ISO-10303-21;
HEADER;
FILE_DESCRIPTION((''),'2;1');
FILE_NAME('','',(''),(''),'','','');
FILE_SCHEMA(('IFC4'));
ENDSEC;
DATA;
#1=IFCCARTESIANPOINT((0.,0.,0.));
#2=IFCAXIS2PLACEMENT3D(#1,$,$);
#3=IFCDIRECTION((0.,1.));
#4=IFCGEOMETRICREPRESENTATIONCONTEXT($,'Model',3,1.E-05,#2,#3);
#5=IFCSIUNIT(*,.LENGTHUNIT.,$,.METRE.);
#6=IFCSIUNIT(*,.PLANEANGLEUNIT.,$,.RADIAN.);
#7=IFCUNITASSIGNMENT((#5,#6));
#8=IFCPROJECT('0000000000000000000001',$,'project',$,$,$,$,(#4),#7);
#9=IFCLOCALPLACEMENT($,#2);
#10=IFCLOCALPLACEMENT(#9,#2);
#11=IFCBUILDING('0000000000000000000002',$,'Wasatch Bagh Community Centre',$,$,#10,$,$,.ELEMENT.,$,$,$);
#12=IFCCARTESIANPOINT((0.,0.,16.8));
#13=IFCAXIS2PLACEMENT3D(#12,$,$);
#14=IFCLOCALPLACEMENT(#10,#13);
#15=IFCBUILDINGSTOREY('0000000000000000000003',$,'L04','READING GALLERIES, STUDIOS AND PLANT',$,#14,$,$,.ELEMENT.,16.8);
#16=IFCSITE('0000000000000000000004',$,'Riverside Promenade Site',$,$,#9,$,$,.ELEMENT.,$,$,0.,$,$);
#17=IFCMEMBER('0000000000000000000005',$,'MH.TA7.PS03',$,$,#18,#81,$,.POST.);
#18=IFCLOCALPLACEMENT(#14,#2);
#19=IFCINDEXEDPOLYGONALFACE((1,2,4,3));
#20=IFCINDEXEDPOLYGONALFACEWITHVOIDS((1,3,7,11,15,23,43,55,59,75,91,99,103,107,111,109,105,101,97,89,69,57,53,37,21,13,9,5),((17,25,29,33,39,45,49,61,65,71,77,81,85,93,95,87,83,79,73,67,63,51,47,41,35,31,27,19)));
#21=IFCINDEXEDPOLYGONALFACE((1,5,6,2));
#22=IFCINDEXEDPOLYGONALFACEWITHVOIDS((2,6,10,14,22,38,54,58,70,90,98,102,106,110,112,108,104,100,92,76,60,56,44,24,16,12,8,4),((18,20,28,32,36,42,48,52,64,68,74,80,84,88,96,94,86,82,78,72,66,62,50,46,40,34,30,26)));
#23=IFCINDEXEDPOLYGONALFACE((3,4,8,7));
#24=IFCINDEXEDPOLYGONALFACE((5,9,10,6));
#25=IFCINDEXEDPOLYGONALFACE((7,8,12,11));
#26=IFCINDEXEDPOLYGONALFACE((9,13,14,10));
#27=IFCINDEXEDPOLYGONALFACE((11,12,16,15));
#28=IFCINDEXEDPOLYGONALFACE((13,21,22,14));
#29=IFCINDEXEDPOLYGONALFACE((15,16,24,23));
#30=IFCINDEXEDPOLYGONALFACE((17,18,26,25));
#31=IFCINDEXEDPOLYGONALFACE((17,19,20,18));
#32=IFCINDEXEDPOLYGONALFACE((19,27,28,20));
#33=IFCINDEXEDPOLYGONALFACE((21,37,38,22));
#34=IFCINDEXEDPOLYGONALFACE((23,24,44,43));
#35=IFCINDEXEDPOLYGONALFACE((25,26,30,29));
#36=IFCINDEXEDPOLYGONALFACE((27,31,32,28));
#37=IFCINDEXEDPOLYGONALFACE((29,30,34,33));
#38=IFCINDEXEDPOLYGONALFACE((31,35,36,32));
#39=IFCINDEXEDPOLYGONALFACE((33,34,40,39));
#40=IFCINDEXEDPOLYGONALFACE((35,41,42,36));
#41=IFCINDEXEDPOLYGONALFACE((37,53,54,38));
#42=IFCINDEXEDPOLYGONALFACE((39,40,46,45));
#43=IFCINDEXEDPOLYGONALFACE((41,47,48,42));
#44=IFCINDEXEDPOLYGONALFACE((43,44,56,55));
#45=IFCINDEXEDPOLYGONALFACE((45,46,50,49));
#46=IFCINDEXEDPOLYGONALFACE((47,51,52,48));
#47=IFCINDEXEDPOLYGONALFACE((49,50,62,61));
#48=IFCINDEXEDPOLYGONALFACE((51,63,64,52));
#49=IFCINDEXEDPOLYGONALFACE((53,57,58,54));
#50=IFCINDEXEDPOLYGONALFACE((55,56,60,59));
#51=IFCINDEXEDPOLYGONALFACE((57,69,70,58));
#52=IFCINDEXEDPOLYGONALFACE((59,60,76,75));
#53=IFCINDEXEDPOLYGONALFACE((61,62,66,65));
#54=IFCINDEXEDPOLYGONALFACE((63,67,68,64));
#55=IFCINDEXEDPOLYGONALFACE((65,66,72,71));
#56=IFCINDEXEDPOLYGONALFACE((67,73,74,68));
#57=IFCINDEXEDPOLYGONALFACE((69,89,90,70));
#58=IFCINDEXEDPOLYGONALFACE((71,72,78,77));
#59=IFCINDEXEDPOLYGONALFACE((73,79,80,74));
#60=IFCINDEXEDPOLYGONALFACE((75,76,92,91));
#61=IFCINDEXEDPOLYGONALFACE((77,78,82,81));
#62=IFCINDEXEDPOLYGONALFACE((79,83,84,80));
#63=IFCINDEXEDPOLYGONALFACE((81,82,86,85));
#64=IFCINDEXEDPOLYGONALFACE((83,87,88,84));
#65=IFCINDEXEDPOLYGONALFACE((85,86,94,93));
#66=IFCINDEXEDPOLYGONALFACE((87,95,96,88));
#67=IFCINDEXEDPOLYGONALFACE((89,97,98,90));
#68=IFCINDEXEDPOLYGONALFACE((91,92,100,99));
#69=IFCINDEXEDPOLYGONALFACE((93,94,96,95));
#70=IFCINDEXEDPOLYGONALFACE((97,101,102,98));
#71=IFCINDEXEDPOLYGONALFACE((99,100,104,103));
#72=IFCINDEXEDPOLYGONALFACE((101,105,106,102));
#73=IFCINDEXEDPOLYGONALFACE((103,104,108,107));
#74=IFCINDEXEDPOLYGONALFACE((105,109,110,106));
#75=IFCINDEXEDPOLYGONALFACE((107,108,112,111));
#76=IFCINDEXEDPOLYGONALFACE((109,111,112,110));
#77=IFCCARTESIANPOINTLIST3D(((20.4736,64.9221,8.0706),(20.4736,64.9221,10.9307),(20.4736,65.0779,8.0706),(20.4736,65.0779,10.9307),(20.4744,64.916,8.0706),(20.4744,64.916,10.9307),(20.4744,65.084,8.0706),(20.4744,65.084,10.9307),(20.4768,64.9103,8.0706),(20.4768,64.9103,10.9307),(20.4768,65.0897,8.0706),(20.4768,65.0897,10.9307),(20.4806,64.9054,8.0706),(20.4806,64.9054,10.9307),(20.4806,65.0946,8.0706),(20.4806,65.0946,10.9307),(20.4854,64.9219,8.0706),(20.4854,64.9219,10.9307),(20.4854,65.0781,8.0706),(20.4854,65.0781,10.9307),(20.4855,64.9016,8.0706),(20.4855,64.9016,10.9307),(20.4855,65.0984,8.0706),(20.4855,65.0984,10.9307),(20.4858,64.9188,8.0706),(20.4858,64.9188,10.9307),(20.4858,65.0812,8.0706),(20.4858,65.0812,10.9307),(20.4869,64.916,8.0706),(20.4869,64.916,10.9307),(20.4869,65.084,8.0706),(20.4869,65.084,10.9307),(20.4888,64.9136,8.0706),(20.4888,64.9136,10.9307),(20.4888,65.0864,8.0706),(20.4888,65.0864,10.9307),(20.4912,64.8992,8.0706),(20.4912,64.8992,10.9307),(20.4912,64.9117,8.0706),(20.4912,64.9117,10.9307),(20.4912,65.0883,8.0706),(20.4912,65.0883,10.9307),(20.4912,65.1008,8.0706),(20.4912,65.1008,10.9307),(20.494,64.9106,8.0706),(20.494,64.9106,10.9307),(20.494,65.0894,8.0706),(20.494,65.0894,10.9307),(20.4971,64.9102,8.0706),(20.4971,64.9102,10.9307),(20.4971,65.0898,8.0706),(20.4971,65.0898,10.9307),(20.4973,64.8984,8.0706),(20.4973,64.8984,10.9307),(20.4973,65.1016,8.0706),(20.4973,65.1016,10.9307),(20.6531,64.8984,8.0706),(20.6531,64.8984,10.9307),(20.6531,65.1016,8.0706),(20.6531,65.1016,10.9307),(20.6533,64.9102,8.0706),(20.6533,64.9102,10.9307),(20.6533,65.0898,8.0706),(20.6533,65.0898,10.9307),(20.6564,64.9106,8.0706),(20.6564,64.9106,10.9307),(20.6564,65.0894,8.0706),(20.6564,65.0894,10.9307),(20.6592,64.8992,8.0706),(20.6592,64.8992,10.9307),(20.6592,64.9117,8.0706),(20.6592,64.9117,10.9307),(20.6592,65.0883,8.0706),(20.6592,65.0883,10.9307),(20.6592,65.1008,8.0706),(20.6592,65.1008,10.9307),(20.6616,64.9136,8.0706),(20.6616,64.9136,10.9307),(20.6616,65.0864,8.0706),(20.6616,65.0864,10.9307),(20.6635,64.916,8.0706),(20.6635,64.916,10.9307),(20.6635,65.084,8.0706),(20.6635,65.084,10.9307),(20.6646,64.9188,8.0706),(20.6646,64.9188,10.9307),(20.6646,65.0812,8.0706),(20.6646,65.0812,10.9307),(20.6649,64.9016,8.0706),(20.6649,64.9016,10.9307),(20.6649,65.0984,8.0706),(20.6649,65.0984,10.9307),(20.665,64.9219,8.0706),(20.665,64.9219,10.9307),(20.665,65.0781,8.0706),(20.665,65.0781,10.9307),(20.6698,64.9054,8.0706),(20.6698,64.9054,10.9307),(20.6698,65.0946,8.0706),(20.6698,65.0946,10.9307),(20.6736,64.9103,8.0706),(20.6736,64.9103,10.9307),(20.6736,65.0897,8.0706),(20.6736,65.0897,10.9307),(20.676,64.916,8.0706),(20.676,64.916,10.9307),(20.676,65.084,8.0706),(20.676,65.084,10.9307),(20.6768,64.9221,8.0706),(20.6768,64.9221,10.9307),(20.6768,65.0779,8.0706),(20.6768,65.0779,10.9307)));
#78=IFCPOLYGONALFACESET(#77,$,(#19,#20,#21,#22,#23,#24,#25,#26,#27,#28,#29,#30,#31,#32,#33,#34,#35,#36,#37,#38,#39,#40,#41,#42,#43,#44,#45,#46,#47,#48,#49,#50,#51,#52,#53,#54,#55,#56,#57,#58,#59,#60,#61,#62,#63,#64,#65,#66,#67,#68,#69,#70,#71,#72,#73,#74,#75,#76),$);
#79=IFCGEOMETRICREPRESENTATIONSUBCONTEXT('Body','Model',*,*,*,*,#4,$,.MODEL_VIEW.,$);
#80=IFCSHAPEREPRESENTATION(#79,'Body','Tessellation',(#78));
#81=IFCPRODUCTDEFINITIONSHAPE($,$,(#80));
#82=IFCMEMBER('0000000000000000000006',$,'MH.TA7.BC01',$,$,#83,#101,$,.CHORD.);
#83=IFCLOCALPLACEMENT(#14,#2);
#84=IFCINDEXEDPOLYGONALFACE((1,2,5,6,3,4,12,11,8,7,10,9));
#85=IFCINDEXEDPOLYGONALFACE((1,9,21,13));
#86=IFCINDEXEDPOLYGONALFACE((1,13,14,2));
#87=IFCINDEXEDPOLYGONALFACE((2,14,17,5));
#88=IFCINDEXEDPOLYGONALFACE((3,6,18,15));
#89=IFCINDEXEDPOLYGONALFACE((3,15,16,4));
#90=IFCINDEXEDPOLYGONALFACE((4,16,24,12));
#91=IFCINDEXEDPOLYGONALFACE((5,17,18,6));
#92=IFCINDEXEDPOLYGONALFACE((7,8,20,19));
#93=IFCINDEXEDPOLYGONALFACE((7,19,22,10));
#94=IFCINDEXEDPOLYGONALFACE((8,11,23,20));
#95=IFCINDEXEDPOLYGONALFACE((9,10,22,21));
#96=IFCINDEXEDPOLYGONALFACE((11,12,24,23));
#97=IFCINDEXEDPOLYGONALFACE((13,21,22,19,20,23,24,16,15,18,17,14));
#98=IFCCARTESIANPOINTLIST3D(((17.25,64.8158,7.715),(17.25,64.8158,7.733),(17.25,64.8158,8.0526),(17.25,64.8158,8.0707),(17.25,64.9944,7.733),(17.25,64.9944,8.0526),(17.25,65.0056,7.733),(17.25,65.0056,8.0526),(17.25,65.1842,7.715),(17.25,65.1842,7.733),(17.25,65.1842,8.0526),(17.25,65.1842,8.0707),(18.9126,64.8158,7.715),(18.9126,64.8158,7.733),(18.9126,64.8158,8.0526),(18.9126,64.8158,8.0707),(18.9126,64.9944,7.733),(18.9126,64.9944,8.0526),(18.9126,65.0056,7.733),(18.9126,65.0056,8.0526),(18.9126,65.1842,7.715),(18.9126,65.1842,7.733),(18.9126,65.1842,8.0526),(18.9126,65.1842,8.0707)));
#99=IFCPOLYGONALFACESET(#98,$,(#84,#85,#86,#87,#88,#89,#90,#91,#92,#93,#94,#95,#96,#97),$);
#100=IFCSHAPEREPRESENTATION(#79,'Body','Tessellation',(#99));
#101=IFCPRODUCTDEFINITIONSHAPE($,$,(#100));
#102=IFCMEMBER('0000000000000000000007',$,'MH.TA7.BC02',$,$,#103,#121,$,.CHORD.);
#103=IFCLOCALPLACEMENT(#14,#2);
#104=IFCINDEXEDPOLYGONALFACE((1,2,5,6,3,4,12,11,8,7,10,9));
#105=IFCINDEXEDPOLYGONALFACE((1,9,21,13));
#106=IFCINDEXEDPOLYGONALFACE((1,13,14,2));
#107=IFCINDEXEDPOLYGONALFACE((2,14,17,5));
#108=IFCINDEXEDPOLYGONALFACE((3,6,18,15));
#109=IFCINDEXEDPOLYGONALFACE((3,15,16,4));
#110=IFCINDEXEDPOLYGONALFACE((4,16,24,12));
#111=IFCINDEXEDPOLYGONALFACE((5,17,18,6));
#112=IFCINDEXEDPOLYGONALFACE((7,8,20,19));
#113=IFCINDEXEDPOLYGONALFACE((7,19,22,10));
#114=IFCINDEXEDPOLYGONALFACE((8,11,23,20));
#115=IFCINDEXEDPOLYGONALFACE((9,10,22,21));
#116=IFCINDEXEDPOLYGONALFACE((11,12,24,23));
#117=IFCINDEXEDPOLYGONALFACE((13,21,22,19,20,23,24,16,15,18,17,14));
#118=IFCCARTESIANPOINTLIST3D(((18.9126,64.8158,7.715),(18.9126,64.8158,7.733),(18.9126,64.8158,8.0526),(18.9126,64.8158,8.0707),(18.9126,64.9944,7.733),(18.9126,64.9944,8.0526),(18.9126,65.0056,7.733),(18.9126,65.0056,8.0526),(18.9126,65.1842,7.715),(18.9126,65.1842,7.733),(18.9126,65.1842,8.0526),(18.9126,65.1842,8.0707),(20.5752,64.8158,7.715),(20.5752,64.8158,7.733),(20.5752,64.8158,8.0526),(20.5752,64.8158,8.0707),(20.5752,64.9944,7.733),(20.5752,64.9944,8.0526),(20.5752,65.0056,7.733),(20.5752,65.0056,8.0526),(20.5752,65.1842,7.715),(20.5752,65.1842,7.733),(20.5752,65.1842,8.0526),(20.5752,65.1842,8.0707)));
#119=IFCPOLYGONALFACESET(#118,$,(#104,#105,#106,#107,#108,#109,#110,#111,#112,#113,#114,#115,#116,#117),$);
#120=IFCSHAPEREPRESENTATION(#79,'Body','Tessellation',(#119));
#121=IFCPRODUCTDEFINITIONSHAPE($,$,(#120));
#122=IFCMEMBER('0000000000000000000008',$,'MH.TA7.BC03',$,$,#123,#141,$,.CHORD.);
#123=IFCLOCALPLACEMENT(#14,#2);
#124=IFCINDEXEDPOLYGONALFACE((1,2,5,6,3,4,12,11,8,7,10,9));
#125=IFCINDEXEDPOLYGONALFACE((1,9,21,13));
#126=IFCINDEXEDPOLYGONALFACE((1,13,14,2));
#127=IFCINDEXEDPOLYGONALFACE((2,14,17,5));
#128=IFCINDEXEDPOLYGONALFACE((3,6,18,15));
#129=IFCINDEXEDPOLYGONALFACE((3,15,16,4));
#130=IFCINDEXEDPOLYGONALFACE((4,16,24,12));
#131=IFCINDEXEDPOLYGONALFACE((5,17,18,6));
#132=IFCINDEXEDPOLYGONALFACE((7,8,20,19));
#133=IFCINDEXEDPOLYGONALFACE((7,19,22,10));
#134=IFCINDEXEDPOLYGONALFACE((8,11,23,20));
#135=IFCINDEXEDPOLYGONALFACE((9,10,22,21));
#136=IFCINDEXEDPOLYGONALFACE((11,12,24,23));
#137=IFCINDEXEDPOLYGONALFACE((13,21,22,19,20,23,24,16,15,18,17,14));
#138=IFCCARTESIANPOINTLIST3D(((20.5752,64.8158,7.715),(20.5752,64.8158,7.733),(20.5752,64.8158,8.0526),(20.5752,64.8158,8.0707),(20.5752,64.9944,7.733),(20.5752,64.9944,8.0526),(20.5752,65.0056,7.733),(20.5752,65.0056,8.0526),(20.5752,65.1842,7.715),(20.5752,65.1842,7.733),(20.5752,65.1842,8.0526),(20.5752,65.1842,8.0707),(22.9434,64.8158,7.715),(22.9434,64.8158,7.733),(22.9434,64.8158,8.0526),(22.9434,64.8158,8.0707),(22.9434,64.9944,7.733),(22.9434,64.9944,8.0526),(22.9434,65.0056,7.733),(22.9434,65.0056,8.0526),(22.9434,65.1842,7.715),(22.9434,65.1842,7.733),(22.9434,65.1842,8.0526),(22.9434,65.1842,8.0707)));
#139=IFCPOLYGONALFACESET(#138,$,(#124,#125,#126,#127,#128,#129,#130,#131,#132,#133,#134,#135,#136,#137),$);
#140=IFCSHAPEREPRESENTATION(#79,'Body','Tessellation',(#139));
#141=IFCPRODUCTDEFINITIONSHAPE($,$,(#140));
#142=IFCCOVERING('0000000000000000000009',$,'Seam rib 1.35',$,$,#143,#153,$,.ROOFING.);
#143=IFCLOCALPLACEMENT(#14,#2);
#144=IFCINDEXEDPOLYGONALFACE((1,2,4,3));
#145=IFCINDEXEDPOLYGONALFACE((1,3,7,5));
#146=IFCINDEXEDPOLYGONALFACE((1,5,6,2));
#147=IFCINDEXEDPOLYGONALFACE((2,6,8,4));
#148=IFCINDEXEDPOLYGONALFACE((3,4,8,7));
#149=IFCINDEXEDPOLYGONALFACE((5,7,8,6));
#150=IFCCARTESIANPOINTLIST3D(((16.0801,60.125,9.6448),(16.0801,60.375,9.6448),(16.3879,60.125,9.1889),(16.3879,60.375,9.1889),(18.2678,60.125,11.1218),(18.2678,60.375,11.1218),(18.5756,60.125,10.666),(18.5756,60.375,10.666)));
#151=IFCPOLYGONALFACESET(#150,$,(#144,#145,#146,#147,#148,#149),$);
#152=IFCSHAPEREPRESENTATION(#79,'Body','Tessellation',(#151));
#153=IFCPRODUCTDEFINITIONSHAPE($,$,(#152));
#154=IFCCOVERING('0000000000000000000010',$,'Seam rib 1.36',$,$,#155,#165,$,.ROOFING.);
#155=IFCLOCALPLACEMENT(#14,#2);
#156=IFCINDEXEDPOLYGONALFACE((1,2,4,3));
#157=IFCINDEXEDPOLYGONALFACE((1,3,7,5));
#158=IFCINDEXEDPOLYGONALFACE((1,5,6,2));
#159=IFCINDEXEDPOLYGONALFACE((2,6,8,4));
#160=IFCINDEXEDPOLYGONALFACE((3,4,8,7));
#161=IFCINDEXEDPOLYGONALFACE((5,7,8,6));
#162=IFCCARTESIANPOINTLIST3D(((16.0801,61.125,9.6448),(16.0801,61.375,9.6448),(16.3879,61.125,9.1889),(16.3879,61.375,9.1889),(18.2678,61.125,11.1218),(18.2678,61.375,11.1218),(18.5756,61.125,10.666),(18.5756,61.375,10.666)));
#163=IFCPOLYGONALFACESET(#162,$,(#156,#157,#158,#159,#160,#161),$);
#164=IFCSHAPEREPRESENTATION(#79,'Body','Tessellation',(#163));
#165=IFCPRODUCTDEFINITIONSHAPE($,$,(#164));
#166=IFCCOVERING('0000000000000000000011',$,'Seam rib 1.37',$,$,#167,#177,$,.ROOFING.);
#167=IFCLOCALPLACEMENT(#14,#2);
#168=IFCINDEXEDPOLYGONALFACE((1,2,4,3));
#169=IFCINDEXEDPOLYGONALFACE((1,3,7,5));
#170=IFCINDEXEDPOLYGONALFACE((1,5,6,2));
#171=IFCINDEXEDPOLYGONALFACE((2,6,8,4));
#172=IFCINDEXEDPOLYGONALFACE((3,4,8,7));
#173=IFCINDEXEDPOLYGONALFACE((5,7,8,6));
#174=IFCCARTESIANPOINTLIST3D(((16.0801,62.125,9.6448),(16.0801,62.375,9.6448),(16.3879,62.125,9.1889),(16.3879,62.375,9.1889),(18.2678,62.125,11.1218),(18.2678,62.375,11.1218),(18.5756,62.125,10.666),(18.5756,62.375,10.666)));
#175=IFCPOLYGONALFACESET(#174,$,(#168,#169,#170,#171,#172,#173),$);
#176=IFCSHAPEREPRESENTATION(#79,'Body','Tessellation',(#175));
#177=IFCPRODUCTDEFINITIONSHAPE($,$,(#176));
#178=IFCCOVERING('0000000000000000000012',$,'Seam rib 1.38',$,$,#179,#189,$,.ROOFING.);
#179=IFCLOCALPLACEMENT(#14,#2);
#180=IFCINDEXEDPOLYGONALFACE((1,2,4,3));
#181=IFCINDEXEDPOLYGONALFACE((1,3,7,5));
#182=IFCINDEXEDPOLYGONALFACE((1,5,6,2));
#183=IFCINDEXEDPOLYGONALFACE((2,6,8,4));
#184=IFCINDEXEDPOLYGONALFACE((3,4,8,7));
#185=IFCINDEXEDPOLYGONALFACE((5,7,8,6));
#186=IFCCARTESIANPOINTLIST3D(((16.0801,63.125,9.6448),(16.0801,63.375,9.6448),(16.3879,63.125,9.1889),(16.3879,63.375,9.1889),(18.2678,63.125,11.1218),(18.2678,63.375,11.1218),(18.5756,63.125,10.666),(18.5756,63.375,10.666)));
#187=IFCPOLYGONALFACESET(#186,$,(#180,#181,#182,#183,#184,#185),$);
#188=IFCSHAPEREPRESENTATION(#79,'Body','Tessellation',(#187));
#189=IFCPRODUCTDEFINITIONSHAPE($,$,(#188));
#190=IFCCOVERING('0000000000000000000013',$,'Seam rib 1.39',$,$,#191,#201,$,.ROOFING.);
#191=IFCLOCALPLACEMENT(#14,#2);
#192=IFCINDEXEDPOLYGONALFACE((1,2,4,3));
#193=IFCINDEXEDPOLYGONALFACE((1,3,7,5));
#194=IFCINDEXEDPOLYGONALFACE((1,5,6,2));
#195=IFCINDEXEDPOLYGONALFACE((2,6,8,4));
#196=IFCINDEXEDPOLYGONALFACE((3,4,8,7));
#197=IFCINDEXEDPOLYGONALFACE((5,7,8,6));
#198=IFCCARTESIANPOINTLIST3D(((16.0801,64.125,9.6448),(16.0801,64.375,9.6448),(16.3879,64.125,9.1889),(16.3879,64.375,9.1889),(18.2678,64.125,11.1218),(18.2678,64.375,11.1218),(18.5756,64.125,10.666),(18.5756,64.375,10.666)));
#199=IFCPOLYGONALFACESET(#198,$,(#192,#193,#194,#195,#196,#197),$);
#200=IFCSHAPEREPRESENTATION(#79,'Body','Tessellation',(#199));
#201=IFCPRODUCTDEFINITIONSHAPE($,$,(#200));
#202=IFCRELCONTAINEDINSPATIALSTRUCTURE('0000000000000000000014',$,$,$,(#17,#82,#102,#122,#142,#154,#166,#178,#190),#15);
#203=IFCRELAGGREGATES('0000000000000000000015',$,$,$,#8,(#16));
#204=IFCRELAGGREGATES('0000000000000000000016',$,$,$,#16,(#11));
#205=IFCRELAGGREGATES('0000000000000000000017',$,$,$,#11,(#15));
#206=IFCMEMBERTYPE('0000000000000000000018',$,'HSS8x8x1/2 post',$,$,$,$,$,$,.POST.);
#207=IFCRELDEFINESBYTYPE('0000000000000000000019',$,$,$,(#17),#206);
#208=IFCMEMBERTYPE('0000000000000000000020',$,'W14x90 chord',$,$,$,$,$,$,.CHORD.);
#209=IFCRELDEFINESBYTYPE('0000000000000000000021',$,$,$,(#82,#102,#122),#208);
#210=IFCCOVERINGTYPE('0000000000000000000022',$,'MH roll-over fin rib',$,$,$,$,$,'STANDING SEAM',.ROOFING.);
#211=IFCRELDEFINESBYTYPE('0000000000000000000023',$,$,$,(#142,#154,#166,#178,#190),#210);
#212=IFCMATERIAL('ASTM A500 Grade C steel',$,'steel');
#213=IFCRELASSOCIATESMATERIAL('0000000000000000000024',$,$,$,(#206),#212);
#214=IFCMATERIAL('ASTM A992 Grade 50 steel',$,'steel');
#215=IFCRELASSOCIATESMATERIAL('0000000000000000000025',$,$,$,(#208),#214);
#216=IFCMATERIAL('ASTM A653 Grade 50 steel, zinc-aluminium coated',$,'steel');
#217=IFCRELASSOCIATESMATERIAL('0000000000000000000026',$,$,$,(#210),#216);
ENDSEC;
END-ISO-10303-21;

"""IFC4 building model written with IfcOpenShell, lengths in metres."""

from ifc_helpers import new_model, si_unit, direction, frame, origin, origin_2d, place, context, subcontext, project, spatial, polyline, hollow_rectangle, i_section, outline, extrude, material, material_profile, profile_set, type_object, element, save


model = new_model("IFC4")

# Units and contexts
model_context = context("Model", 3, precision=1e-05, world=origin(), true_north=direction((0.0, 1.0)))
body_context = subcontext(model_context, "Body", "Model", "MODEL_VIEW")
ifc_project = project(units=[si_unit("LENGTHUNIT", "METRE"), si_unit("PLANEANGLEUNIT", "RADIAN")], contexts=[model_context])

# Site, building, storey
site_placement = place(None, origin())
site = spatial("IfcSite", under=ifc_project, at=site_placement, Name="Riverside Promenade Site", CompositionType="ELEMENT", RefElevation=0.0)
building_placement = place(site_placement, origin())
building = spatial("IfcBuilding", under=site, at=building_placement, Name="Wasatch Bagh Community Centre", CompositionType="ELEMENT")
storey_placement = place(building_placement, frame((0.0, 0.0, 16.8)))
storey = spatial("IfcBuildingStorey", under=building, at=storey_placement, Name="L04", Description="READING GALLERIES, STUDIOS AND PLANT", CompositionType="ELEMENT", Elevation=16.8)

# Members
ifc_material_1 = material(Name="ASTM A500 Grade C steel", Category="steel")
ifc_material_profile_1 = material_profile(ifc_material_1, hollow_rectangle(XDim=0.2031, YDim=0.2031, WallThickness=0.0117, InnerFilletRadius=0.0117, OuterFilletRadius=0.0237, at=origin_2d()), Name="HSS8x8x1/2")
ifc_profile_set_1 = profile_set([ifc_material_profile_1], Name="ASTM A500 Grade C steel")
member_type_1 = type_object("IfcMemberType", Name="HSS8x8x1/2 post", PredefinedType="POST", material=ifc_profile_set_1)
member_1_placement = place(storey_placement, frame((20.5752, 65.0, 8.0706), z_axis=(0.0, 0.0, 1.0), x_axis=(1.0, 0.0, 0.0)))
element("IfcMember", 1, at=member_1_placement, inside=storey, type_object=member_type_1, Name="MH.TA7.PS03", PredefinedType="POST", context=body_context, shape_type="SweptSolid", body=[
    extrude(hollow_rectangle(XDim=0.2031, YDim=0.2031, WallThickness=0.0117, InnerFilletRadius=0.0117, OuterFilletRadius=0.0237, at=origin_2d()), origin(), (0.0, 0.0, 1.0), 2.8601),
])
ifc_material_2 = material(Name="ASTM A992 Grade 50 steel", Category="steel")
ifc_material_profile_2 = material_profile(ifc_material_2, i_section(OverallWidth=0.3684, OverallDepth=0.3557, WebThickness=0.0112, FlangeThickness=0.0181, at=origin_2d()), Name="W14x90")
ifc_profile_set_2 = profile_set([ifc_material_profile_2], Name="ASTM A992 Grade 50 steel")
member_type_2 = type_object("IfcMemberType", Name="W14x90 chord", PredefinedType="CHORD", material=ifc_profile_set_2)
for number, where, z_axis, x_axis, name in (
    (2, (17.25, 65.0, 7.8928), (1.0, 0.0, 0.0), (0.0, 1.0, 0.0), "MH.TA7.BC01"),
    (3, (18.9126, 65.0, 7.8928), (1.0, 0.0, 0.0), (0.0, 1.0, 0.0), "MH.TA7.BC02"),
):
    element("IfcMember", number, at=place(storey_placement, frame(where, z_axis=z_axis, x_axis=x_axis)), inside=storey, type_object=member_type_2, Name=name, PredefinedType="CHORD", context=body_context, shape_type="SweptSolid", body=[
        extrude(i_section(OverallWidth=0.3684, OverallDepth=0.3557, WebThickness=0.0112, FlangeThickness=0.0181, at=origin_2d()), origin(), (0.0, 0.0, 1.0), 1.6626),
    ])
member_2_placement = place(storey_placement, frame((20.5752, 65.0, 7.8928), z_axis=(1.0, 0.0, 0.0), x_axis=(0.0, 1.0, 0.0)))
element("IfcMember", 4, at=member_2_placement, inside=storey, type_object=member_type_2, Name="MH.TA7.BC03", PredefinedType="CHORD", context=body_context, shape_type="SweptSolid", body=[
    extrude(i_section(OverallWidth=0.3684, OverallDepth=0.3557, WebThickness=0.0112, FlangeThickness=0.0181, at=origin_2d()), origin(), (0.0, 0.0, 1.0), 2.3682),
])

# Coverings
ifc_material_3 = material(Name="ASTM A653 Grade 50 steel, zinc-aluminium coated", Category="steel")
covering_type = type_object("IfcCoveringType", Name="MH roll-over fin rib", ElementType="STANDING SEAM", PredefinedType="ROOFING", material=ifc_material_3)
for number, where, z_axis, x_axis, name in (
    (5, (16.0801, 60.125, 9.6448), (-0.559557, 0.0, 0.828792), (0.828792, 0.0, 0.559557), "Seam rib 1.35"),
    (6, (16.0801, 61.125, 9.6448), (-0.559557, 0.0, 0.828792), (0.828792, 0.0, 0.559557), "Seam rib 1.36"),
    (7, (16.0801, 62.125, 9.6448), (-0.559557, 0.0, 0.828792), (0.828792, 0.0, 0.559557), "Seam rib 1.37"),
    (8, (16.0801, 63.125, 9.6448), (-0.559557, 0.0, 0.828792), (0.828792, 0.0, 0.559557), "Seam rib 1.38"),
    (9, (16.0801, 64.125, 9.6448), (-0.559557, 0.0, 0.828792), (0.828792, 0.0, 0.559557), "Seam rib 1.39"),
):
    element("IfcCovering", number, at=place(storey_placement, frame(where, z_axis=z_axis, x_axis=x_axis)), inside=storey, type_object=covering_type, Name=name, PredefinedType="ROOFING", context=body_context, shape_type="SweptSolid", body=[
        extrude(outline(polyline([(0.0, 0.0), (2.6397, 0.0), (2.6397, 0.25), (0.0, 0.25), (0.0, 0.0)])), origin(), (0.0, 0.0, -1.0), 0.55),
    ])

save(model, "model.ifc")
